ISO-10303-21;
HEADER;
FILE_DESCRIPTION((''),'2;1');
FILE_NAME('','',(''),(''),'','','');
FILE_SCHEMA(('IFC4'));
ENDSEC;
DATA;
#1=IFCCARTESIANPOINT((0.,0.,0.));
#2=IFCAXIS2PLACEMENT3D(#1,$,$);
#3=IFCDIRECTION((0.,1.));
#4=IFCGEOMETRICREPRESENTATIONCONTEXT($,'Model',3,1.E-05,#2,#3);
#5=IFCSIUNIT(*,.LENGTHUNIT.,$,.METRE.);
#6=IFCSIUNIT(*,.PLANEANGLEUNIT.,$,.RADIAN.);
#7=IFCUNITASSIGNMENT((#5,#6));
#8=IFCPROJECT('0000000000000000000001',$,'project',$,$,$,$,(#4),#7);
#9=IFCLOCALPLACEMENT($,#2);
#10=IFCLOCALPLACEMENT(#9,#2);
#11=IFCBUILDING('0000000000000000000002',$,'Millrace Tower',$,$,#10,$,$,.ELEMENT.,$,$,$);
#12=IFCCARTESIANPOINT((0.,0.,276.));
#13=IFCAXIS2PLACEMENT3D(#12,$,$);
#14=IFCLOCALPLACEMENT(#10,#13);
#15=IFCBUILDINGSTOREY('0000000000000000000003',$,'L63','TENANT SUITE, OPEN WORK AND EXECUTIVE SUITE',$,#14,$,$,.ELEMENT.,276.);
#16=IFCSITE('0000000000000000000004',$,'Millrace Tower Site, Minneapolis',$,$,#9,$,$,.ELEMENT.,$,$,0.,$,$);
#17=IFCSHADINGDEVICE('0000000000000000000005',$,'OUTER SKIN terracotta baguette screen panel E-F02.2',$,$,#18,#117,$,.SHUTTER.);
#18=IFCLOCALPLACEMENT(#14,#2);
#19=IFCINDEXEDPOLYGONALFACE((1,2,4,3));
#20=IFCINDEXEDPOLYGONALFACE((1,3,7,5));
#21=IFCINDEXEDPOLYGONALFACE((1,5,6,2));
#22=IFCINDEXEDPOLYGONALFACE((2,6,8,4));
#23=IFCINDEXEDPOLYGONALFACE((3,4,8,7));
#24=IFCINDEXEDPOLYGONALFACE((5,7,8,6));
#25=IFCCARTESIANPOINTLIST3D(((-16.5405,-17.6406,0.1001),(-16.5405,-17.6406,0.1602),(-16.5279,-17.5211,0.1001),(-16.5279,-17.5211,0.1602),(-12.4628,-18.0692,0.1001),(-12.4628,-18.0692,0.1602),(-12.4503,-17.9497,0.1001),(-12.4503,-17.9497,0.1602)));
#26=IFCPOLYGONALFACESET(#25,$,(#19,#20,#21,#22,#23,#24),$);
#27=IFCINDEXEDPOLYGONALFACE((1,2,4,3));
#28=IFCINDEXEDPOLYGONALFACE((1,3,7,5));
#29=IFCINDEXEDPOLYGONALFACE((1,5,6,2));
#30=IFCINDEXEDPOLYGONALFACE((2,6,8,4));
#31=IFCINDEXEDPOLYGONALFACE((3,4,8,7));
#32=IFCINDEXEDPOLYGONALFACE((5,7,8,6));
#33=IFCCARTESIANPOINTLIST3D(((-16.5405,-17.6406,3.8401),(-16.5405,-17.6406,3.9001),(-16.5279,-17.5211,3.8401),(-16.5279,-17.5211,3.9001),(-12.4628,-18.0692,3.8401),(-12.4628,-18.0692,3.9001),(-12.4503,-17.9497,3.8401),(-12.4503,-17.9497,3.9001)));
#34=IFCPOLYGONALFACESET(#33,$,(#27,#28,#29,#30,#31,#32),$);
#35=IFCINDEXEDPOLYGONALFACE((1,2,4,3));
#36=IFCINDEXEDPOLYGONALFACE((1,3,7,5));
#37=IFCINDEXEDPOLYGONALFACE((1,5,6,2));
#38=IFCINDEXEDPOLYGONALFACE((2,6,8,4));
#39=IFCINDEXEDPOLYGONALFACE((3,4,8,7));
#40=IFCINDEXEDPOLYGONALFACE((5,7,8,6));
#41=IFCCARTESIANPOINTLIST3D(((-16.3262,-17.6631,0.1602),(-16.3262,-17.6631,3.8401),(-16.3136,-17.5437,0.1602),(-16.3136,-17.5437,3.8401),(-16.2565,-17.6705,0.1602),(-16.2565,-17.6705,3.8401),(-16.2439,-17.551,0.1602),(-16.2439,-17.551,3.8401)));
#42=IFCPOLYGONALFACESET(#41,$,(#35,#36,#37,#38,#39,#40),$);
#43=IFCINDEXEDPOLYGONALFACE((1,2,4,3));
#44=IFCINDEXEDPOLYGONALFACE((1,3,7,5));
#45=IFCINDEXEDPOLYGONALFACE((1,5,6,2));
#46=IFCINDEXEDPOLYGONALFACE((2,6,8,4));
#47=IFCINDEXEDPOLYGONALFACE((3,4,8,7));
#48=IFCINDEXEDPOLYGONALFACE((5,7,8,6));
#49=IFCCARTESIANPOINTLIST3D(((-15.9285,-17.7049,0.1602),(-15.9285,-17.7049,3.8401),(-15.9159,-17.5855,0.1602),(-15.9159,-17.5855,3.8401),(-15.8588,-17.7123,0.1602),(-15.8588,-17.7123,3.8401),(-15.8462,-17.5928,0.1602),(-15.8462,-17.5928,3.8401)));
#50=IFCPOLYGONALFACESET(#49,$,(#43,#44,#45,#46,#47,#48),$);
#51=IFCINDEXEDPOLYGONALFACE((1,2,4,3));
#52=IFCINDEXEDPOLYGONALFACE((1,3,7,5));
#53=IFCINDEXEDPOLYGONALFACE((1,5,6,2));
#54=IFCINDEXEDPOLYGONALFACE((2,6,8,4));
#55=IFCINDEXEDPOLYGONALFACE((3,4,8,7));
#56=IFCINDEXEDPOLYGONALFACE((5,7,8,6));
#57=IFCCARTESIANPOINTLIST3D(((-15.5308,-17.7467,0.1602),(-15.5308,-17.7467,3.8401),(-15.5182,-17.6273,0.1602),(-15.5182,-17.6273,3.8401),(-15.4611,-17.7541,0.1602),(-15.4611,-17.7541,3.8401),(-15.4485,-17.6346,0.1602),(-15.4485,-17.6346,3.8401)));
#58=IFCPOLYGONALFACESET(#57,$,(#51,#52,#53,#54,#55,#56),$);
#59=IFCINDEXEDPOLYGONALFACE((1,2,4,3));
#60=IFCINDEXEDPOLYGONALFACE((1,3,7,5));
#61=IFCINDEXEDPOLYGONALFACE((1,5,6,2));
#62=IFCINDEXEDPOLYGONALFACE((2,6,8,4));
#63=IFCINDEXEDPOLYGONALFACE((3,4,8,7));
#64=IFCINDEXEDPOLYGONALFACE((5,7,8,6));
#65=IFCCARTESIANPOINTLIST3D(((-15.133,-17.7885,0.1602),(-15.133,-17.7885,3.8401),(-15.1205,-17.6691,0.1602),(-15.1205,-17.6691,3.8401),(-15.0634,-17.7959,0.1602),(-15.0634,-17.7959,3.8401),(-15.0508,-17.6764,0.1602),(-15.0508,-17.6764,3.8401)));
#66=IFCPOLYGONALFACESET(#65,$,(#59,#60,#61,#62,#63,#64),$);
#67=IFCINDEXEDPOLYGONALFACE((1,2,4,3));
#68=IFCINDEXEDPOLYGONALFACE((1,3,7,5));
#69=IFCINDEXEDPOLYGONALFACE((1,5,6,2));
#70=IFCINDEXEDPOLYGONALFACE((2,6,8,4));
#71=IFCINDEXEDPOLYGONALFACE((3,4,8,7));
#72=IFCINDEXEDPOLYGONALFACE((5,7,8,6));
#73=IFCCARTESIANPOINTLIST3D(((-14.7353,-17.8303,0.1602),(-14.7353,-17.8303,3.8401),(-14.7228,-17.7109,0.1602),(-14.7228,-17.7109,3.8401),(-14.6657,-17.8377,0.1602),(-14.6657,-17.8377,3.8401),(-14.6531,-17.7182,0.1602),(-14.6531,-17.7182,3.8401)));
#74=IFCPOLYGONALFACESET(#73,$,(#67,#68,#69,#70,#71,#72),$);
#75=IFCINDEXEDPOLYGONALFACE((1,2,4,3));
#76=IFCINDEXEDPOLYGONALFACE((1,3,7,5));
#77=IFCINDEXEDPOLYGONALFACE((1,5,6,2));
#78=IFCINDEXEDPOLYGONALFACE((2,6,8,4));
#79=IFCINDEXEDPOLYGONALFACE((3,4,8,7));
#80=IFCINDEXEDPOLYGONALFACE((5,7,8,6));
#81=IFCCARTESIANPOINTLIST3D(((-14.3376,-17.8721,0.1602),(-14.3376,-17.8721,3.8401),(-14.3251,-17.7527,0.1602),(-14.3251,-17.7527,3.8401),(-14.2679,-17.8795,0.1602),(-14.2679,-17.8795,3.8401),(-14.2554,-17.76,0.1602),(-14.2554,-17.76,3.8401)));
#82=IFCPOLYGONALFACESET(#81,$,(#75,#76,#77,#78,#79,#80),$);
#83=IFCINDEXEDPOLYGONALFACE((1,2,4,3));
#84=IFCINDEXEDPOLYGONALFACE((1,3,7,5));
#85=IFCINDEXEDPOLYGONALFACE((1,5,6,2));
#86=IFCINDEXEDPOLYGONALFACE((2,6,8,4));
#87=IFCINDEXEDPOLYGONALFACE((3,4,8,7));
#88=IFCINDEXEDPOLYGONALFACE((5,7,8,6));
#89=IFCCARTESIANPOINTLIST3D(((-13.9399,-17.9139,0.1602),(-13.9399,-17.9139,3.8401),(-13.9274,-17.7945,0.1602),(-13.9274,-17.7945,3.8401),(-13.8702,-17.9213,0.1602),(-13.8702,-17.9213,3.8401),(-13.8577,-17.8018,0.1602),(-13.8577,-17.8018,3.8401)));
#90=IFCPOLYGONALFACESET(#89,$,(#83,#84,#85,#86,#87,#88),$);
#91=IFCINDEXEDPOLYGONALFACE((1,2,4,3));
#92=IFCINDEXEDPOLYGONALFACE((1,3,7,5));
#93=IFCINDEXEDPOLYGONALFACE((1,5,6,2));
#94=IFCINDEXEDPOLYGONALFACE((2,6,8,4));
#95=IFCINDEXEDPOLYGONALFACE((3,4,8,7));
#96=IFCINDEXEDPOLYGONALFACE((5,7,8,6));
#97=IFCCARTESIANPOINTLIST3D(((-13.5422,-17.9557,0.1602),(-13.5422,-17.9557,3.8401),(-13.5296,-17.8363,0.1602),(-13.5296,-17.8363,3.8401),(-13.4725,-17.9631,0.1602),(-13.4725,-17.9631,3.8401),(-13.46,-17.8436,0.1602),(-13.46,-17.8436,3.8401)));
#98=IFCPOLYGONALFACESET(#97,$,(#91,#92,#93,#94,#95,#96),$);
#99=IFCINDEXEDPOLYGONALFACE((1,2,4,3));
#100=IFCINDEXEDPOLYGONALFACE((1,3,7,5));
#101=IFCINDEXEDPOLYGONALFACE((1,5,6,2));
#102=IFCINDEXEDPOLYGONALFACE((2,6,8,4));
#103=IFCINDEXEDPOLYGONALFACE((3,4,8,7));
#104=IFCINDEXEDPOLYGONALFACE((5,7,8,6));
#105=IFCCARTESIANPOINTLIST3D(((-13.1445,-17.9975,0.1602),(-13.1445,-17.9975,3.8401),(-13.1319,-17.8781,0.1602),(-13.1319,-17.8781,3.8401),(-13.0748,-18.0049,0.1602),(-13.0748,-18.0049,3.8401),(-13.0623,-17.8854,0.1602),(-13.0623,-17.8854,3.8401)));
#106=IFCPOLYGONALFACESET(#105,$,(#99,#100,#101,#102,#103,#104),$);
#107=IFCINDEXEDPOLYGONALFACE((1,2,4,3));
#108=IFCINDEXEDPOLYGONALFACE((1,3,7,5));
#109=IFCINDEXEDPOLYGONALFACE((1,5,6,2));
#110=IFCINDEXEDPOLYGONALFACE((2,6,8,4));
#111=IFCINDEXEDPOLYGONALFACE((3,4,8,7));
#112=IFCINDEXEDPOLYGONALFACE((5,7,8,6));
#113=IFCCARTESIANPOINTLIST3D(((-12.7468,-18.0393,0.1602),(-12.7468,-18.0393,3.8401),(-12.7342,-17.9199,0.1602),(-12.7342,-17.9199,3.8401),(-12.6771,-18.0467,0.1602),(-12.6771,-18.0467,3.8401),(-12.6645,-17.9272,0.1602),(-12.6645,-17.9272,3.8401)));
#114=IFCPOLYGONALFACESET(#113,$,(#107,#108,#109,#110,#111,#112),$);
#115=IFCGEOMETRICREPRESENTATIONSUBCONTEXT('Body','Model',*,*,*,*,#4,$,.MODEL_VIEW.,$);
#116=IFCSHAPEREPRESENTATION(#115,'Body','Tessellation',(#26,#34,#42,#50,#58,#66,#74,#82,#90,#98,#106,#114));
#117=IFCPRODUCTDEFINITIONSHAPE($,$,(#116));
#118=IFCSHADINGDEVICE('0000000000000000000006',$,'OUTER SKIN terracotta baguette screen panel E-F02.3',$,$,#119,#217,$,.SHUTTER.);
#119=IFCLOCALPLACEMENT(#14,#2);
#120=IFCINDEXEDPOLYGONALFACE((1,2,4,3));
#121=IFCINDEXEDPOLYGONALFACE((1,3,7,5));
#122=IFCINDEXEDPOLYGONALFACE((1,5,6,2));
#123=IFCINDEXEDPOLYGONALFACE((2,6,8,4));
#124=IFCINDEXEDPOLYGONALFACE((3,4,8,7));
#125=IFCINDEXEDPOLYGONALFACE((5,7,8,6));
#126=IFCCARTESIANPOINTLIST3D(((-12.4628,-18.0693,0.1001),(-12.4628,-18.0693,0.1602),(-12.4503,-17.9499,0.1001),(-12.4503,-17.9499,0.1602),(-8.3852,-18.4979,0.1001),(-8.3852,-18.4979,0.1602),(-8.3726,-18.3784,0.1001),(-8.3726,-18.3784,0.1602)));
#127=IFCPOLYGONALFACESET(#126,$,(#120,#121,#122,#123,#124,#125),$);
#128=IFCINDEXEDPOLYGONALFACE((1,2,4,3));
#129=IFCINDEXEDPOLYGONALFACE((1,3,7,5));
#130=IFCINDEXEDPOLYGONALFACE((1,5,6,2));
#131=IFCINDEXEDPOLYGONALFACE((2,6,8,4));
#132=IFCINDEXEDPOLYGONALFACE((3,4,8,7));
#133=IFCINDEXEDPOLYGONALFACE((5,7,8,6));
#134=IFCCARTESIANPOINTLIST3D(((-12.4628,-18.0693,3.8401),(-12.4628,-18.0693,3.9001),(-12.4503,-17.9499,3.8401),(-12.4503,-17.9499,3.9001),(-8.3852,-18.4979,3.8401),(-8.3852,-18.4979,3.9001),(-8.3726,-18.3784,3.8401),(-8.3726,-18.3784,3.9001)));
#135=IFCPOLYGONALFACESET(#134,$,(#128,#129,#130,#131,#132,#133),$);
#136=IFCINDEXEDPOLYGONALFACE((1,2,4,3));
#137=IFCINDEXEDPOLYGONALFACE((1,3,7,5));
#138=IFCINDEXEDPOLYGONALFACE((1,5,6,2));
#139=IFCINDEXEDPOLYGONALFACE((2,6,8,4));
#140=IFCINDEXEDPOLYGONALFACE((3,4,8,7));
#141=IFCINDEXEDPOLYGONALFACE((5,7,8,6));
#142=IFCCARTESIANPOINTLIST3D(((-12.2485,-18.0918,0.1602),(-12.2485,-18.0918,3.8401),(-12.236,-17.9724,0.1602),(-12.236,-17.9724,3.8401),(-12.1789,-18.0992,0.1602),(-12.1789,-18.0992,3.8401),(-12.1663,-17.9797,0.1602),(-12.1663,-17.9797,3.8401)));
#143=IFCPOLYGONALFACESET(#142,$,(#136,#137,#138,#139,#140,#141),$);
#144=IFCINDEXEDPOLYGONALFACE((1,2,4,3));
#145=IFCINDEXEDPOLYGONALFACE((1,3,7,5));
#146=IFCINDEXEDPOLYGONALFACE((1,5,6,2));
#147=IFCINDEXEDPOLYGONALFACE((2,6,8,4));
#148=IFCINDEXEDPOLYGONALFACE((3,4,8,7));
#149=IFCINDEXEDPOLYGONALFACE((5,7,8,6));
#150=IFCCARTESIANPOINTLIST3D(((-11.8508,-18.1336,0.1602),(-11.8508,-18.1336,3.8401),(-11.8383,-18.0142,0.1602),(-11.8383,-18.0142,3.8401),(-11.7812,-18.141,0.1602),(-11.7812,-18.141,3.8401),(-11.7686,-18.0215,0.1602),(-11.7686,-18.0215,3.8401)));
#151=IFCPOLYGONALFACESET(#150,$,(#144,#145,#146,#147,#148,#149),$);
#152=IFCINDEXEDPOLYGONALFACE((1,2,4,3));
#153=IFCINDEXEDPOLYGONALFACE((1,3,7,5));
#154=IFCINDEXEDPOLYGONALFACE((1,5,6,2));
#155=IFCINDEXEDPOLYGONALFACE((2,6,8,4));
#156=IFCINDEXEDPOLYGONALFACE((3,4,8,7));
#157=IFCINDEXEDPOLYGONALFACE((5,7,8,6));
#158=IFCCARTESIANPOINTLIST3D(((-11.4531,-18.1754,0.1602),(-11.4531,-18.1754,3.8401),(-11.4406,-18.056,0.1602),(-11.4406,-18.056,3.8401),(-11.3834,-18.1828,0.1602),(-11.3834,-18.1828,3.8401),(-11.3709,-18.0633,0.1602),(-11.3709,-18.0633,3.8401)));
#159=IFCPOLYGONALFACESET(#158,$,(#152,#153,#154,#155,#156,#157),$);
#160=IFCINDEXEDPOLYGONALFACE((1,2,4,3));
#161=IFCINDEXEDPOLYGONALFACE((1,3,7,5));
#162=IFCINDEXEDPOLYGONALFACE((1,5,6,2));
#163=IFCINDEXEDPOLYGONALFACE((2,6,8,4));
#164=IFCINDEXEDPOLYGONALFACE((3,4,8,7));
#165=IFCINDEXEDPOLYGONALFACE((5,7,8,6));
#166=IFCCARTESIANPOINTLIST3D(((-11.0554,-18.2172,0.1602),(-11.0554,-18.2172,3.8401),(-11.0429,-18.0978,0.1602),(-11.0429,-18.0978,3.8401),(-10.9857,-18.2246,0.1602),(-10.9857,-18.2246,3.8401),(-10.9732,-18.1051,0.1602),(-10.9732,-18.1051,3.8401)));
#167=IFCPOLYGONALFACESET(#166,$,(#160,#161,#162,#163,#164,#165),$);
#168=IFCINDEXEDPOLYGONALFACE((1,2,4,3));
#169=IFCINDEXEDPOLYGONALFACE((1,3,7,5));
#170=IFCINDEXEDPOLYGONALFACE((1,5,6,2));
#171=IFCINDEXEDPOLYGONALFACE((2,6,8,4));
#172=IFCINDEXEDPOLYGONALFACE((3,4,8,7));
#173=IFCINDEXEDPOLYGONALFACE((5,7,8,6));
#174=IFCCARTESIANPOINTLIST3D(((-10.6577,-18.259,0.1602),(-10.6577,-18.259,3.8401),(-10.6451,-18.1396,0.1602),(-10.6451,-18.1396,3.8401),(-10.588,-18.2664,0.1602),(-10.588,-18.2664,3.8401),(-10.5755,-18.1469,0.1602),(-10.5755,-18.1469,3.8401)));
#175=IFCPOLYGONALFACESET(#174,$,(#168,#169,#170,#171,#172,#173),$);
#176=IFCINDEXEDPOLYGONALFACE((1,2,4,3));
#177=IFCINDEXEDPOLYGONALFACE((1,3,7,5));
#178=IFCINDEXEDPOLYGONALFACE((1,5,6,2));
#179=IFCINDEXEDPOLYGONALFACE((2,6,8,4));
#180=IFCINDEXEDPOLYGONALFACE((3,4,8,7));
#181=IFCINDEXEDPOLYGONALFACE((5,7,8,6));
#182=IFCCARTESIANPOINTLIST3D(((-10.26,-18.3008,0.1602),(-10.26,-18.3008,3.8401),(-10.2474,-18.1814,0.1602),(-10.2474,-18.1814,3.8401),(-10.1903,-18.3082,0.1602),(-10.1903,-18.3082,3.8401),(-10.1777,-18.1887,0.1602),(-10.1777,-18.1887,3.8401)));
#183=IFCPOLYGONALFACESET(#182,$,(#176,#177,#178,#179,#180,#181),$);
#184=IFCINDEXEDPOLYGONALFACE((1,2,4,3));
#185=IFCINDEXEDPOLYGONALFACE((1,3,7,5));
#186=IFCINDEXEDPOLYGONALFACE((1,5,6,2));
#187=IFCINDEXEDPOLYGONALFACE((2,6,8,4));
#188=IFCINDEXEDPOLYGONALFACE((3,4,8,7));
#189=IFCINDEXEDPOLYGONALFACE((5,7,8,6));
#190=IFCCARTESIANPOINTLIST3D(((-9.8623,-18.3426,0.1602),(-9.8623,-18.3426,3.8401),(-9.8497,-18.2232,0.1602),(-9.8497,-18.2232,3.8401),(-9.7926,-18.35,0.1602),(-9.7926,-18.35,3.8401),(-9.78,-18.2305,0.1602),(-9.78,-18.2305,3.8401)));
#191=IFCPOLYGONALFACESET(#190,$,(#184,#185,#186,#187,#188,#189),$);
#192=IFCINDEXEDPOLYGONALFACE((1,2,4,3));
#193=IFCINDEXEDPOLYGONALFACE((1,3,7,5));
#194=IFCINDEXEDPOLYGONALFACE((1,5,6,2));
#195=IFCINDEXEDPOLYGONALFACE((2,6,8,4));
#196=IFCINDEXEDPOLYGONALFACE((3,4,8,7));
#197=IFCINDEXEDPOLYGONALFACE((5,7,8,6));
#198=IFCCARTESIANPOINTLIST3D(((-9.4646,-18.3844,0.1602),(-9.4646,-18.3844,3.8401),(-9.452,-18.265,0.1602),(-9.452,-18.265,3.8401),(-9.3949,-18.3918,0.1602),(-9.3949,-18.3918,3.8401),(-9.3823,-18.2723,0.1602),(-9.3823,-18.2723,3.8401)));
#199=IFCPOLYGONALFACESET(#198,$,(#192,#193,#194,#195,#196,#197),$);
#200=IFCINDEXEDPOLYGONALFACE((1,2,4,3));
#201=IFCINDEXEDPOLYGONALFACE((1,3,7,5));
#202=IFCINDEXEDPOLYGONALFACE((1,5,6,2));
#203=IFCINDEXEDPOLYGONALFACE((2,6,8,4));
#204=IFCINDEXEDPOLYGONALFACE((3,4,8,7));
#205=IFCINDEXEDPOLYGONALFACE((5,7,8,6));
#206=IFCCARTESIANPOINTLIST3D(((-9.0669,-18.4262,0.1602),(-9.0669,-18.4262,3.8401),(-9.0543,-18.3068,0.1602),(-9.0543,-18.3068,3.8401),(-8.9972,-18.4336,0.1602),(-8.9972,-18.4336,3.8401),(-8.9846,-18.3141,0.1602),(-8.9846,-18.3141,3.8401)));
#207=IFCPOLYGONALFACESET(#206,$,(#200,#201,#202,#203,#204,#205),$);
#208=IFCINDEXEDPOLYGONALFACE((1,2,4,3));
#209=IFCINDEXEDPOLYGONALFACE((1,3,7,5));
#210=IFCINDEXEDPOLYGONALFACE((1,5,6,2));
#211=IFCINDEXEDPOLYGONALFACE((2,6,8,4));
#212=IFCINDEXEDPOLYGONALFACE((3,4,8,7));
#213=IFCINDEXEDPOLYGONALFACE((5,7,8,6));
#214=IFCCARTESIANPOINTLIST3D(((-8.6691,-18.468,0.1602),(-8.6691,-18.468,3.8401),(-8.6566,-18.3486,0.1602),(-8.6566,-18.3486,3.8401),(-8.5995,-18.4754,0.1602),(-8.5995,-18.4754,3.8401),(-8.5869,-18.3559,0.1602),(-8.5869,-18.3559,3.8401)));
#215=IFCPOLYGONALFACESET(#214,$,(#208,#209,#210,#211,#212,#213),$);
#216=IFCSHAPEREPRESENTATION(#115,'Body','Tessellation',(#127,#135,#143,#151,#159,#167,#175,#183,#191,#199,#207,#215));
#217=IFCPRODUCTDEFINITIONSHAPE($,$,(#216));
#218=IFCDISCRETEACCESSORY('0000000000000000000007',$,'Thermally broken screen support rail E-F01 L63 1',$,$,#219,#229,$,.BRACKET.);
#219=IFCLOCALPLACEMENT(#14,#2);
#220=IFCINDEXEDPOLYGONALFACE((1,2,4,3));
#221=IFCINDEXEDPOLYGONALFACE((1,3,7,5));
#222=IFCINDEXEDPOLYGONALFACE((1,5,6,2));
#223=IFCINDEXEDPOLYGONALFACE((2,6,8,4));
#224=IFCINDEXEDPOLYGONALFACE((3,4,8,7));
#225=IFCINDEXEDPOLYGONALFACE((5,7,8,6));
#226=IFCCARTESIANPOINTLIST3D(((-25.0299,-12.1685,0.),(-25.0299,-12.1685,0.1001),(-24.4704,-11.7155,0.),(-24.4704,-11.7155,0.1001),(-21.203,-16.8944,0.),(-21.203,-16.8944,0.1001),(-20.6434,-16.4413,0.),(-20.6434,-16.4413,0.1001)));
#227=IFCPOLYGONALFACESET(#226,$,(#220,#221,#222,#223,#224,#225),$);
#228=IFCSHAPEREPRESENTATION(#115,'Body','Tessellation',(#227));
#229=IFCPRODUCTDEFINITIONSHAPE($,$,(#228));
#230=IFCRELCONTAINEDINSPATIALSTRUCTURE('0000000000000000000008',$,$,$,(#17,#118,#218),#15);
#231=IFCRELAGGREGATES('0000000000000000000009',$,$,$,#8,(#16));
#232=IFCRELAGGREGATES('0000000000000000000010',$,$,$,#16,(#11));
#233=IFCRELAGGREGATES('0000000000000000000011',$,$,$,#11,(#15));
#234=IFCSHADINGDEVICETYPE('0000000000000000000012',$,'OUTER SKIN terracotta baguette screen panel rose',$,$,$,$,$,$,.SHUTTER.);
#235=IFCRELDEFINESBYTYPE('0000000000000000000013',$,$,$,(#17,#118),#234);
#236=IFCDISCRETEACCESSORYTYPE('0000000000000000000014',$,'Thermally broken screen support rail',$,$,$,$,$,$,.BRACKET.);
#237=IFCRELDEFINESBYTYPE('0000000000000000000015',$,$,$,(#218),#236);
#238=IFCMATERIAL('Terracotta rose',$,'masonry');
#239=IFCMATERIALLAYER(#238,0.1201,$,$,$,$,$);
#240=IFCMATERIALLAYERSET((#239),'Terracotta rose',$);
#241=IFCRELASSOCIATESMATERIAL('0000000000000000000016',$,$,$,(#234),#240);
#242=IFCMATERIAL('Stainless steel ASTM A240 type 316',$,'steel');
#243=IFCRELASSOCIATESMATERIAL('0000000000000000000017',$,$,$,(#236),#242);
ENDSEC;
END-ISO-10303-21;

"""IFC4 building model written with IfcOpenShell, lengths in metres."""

from ifc_helpers import new_model, entity, si_unit, direction, frame, frame_2d, origin, origin_2d, place, context, subcontext, project, spatial, rectangle, extrude, source, transform, mapped, material, layer, layer_set, type_object, element, save


model = new_model("IFC4")

# Units and contexts
model_context = context("Model", 3, precision=1e-05, world=origin(), true_north=direction((0.0, 1.0)))
body_context = subcontext(model_context, "Body", "Model", "MODEL_VIEW")
ifc_project = project(units=[si_unit("LENGTHUNIT", "METRE"), si_unit("PLANEANGLEUNIT", "RADIAN")], contexts=[model_context])

# Site, building, storey
site_placement = place(None, origin())
site = spatial("IfcSite", under=ifc_project, at=site_placement, Name="Millrace Tower Site, Minneapolis", CompositionType="ELEMENT", RefElevation=0.0)
building_placement = place(site_placement, origin())
building = spatial("IfcBuilding", under=site, at=building_placement, Name="Millrace Tower", CompositionType="ELEMENT")
storey_placement = place(building_placement, frame((0.0, 0.0, 276.0)))
storey = spatial("IfcBuildingStorey", under=building, at=storey_placement, Name="L63", Description="TENANT SUITE, OPEN WORK AND EXECUTIVE SUITE", CompositionType="ELEMENT", Elevation=276.0)

# Shading devices
ifc_material_1 = material(Name="Terracotta rose", Category="masonry")
ifc_layer_1 = layer(ifc_material_1, 0.1201)
ifc_layer_set_1 = layer_set([ifc_layer_1], Name="Terracotta rose")
shading_device_type = type_object("IfcShadingDeviceType", Name="OUTER SKIN terracotta baguette screen panel rose", PredefinedType="SHUTTER", material=ifc_layer_set_1)
cartesian_point_1 = entity("IfcCartesianPoint", [-2.05, 0.0601])
shared_polyline_1 = entity("IfcPolyline", [cartesian_point_1, entity("IfcCartesianPoint", [2.05, 0.0601]), entity("IfcCartesianPoint", [2.05, -0.0601]), entity("IfcCartesianPoint", [-2.05, -0.0601]), cartesian_point_1])
shared_shape_1 = source(origin(), body_context, "Body", "SweptSolid", [
    entity("IfcExtrudedAreaSolid", entity("IfcArbitraryClosedProfileDef", "AREA", None, shared_polyline_1), entity("IfcAxis2Placement3D", entity("IfcCartesianPoint", [0.0, 0.0, 0.0])), entity("IfcDirection", [0.0, 0.0, 1.0]), 0.0601),
    entity("IfcExtrudedAreaSolid", entity("IfcArbitraryClosedProfileDef", "AREA", None, shared_polyline_1), entity("IfcAxis2Placement3D", entity("IfcCartesianPoint", [0.0, 0.0, 3.74])), entity("IfcDirection", [0.0, 0.0, 1.0]), 0.0601),
    extrude(rectangle(XDim=0.0701, YDim=0.1201, at=frame_2d((-1.7996, 0.0))), frame((0.0, 0.0, 0.0601)), (0.0, 0.0, 1.0), 3.6799),
    extrude(rectangle(XDim=0.0701, YDim=0.1201, at=frame_2d((-1.3997, 0.0))), frame((0.0, 0.0, 0.0601)), (0.0, 0.0, 1.0), 3.6799),
    extrude(rectangle(XDim=0.0701, YDim=0.1201, at=frame_2d((-0.9998, 0.0))), frame((0.0, 0.0, 0.0601)), (0.0, 0.0, 1.0), 3.6799),
    extrude(rectangle(XDim=0.0701, YDim=0.1201, at=frame_2d((-0.5999, 0.0))), frame((0.0, 0.0, 0.0601)), (0.0, 0.0, 1.0), 3.6799),
    extrude(rectangle(XDim=0.0701, YDim=0.1201, at=frame_2d((-0.2, 0.0))), frame((0.0, 0.0, 0.0601)), (0.0, 0.0, 1.0), 3.6799),
    extrude(rectangle(XDim=0.0701, YDim=0.1201, at=frame_2d((0.2, 0.0))), frame((0.0, 0.0, 0.0601)), (0.0, 0.0, 1.0), 3.6799),
    extrude(rectangle(XDim=0.0701, YDim=0.1201, at=frame_2d((0.5999, 0.0))), frame((0.0, 0.0, 0.0601)), (0.0, 0.0, 1.0), 3.6799),
    extrude(rectangle(XDim=0.0701, YDim=0.1201, at=frame_2d((0.9998, 0.0))), frame((0.0, 0.0, 0.0601)), (0.0, 0.0, 1.0), 3.6799),
    extrude(rectangle(XDim=0.0701, YDim=0.1201, at=frame_2d((1.3997, 0.0))), frame((0.0, 0.0, 0.0601)), (0.0, 0.0, 1.0), 3.6799),
    extrude(rectangle(XDim=0.0701, YDim=0.1201, at=frame_2d((1.7996, 0.0))), frame((0.0, 0.0, 0.0601)), (0.0, 0.0, 1.0), 3.6799),
])
for number, where, z_axis, x_axis, name in (
    (1, (-14.4954, -17.7952, 0.1001), (0.0, 0.0, 1.0), (0.994522, -0.104528, 0.0), "OUTER SKIN terracotta baguette screen panel E-F02.2"),
    (2, (-10.4177, -18.2239, 0.1001), (0.0, 0.0, 1.0), (0.994522, -0.104528, 0.0), "OUTER SKIN terracotta baguette screen panel E-F02.3"),
):
    element("IfcShadingDevice", number, at=place(storey_placement, frame(where, z_axis=z_axis, x_axis=x_axis)), inside=storey, type_object=shading_device_type, Name=name, PredefinedType="SHUTTER", context=body_context, shape_type="MappedRepresentation", body=[
        mapped(shared_shape_1, transform((0.0, 0.0, 0.0), scale=1.0)),
    ])

# Discrete accessory
ifc_material_2 = material(Name="Stainless steel ASTM A240 type 316", Category="steel")
discrete_accessory_type = type_object("IfcDiscreteAccessoryType", Name="Thermally broken screen support rail", PredefinedType="BRACKET", material=ifc_material_2)
discrete_accessory_placement = place(storey_placement, frame((-22.8367, -14.3049, 0.0), z_axis=(0.0, 0.0, 1.0), x_axis=(0.62932, -0.777146, 0.0)))
element("IfcDiscreteAccessory", 3, at=discrete_accessory_placement, inside=storey, type_object=discrete_accessory_type, Name="Thermally broken screen support rail E-F01 L63 1", PredefinedType="BRACKET", context=body_context, shape_type="SweptSolid", body=[
    extrude(rectangle(XDim=6.0811, YDim=0.72, at=origin_2d()), origin(), (0.0, 0.0, 1.0), 0.1001),
])

save(model, "model.ifc")
